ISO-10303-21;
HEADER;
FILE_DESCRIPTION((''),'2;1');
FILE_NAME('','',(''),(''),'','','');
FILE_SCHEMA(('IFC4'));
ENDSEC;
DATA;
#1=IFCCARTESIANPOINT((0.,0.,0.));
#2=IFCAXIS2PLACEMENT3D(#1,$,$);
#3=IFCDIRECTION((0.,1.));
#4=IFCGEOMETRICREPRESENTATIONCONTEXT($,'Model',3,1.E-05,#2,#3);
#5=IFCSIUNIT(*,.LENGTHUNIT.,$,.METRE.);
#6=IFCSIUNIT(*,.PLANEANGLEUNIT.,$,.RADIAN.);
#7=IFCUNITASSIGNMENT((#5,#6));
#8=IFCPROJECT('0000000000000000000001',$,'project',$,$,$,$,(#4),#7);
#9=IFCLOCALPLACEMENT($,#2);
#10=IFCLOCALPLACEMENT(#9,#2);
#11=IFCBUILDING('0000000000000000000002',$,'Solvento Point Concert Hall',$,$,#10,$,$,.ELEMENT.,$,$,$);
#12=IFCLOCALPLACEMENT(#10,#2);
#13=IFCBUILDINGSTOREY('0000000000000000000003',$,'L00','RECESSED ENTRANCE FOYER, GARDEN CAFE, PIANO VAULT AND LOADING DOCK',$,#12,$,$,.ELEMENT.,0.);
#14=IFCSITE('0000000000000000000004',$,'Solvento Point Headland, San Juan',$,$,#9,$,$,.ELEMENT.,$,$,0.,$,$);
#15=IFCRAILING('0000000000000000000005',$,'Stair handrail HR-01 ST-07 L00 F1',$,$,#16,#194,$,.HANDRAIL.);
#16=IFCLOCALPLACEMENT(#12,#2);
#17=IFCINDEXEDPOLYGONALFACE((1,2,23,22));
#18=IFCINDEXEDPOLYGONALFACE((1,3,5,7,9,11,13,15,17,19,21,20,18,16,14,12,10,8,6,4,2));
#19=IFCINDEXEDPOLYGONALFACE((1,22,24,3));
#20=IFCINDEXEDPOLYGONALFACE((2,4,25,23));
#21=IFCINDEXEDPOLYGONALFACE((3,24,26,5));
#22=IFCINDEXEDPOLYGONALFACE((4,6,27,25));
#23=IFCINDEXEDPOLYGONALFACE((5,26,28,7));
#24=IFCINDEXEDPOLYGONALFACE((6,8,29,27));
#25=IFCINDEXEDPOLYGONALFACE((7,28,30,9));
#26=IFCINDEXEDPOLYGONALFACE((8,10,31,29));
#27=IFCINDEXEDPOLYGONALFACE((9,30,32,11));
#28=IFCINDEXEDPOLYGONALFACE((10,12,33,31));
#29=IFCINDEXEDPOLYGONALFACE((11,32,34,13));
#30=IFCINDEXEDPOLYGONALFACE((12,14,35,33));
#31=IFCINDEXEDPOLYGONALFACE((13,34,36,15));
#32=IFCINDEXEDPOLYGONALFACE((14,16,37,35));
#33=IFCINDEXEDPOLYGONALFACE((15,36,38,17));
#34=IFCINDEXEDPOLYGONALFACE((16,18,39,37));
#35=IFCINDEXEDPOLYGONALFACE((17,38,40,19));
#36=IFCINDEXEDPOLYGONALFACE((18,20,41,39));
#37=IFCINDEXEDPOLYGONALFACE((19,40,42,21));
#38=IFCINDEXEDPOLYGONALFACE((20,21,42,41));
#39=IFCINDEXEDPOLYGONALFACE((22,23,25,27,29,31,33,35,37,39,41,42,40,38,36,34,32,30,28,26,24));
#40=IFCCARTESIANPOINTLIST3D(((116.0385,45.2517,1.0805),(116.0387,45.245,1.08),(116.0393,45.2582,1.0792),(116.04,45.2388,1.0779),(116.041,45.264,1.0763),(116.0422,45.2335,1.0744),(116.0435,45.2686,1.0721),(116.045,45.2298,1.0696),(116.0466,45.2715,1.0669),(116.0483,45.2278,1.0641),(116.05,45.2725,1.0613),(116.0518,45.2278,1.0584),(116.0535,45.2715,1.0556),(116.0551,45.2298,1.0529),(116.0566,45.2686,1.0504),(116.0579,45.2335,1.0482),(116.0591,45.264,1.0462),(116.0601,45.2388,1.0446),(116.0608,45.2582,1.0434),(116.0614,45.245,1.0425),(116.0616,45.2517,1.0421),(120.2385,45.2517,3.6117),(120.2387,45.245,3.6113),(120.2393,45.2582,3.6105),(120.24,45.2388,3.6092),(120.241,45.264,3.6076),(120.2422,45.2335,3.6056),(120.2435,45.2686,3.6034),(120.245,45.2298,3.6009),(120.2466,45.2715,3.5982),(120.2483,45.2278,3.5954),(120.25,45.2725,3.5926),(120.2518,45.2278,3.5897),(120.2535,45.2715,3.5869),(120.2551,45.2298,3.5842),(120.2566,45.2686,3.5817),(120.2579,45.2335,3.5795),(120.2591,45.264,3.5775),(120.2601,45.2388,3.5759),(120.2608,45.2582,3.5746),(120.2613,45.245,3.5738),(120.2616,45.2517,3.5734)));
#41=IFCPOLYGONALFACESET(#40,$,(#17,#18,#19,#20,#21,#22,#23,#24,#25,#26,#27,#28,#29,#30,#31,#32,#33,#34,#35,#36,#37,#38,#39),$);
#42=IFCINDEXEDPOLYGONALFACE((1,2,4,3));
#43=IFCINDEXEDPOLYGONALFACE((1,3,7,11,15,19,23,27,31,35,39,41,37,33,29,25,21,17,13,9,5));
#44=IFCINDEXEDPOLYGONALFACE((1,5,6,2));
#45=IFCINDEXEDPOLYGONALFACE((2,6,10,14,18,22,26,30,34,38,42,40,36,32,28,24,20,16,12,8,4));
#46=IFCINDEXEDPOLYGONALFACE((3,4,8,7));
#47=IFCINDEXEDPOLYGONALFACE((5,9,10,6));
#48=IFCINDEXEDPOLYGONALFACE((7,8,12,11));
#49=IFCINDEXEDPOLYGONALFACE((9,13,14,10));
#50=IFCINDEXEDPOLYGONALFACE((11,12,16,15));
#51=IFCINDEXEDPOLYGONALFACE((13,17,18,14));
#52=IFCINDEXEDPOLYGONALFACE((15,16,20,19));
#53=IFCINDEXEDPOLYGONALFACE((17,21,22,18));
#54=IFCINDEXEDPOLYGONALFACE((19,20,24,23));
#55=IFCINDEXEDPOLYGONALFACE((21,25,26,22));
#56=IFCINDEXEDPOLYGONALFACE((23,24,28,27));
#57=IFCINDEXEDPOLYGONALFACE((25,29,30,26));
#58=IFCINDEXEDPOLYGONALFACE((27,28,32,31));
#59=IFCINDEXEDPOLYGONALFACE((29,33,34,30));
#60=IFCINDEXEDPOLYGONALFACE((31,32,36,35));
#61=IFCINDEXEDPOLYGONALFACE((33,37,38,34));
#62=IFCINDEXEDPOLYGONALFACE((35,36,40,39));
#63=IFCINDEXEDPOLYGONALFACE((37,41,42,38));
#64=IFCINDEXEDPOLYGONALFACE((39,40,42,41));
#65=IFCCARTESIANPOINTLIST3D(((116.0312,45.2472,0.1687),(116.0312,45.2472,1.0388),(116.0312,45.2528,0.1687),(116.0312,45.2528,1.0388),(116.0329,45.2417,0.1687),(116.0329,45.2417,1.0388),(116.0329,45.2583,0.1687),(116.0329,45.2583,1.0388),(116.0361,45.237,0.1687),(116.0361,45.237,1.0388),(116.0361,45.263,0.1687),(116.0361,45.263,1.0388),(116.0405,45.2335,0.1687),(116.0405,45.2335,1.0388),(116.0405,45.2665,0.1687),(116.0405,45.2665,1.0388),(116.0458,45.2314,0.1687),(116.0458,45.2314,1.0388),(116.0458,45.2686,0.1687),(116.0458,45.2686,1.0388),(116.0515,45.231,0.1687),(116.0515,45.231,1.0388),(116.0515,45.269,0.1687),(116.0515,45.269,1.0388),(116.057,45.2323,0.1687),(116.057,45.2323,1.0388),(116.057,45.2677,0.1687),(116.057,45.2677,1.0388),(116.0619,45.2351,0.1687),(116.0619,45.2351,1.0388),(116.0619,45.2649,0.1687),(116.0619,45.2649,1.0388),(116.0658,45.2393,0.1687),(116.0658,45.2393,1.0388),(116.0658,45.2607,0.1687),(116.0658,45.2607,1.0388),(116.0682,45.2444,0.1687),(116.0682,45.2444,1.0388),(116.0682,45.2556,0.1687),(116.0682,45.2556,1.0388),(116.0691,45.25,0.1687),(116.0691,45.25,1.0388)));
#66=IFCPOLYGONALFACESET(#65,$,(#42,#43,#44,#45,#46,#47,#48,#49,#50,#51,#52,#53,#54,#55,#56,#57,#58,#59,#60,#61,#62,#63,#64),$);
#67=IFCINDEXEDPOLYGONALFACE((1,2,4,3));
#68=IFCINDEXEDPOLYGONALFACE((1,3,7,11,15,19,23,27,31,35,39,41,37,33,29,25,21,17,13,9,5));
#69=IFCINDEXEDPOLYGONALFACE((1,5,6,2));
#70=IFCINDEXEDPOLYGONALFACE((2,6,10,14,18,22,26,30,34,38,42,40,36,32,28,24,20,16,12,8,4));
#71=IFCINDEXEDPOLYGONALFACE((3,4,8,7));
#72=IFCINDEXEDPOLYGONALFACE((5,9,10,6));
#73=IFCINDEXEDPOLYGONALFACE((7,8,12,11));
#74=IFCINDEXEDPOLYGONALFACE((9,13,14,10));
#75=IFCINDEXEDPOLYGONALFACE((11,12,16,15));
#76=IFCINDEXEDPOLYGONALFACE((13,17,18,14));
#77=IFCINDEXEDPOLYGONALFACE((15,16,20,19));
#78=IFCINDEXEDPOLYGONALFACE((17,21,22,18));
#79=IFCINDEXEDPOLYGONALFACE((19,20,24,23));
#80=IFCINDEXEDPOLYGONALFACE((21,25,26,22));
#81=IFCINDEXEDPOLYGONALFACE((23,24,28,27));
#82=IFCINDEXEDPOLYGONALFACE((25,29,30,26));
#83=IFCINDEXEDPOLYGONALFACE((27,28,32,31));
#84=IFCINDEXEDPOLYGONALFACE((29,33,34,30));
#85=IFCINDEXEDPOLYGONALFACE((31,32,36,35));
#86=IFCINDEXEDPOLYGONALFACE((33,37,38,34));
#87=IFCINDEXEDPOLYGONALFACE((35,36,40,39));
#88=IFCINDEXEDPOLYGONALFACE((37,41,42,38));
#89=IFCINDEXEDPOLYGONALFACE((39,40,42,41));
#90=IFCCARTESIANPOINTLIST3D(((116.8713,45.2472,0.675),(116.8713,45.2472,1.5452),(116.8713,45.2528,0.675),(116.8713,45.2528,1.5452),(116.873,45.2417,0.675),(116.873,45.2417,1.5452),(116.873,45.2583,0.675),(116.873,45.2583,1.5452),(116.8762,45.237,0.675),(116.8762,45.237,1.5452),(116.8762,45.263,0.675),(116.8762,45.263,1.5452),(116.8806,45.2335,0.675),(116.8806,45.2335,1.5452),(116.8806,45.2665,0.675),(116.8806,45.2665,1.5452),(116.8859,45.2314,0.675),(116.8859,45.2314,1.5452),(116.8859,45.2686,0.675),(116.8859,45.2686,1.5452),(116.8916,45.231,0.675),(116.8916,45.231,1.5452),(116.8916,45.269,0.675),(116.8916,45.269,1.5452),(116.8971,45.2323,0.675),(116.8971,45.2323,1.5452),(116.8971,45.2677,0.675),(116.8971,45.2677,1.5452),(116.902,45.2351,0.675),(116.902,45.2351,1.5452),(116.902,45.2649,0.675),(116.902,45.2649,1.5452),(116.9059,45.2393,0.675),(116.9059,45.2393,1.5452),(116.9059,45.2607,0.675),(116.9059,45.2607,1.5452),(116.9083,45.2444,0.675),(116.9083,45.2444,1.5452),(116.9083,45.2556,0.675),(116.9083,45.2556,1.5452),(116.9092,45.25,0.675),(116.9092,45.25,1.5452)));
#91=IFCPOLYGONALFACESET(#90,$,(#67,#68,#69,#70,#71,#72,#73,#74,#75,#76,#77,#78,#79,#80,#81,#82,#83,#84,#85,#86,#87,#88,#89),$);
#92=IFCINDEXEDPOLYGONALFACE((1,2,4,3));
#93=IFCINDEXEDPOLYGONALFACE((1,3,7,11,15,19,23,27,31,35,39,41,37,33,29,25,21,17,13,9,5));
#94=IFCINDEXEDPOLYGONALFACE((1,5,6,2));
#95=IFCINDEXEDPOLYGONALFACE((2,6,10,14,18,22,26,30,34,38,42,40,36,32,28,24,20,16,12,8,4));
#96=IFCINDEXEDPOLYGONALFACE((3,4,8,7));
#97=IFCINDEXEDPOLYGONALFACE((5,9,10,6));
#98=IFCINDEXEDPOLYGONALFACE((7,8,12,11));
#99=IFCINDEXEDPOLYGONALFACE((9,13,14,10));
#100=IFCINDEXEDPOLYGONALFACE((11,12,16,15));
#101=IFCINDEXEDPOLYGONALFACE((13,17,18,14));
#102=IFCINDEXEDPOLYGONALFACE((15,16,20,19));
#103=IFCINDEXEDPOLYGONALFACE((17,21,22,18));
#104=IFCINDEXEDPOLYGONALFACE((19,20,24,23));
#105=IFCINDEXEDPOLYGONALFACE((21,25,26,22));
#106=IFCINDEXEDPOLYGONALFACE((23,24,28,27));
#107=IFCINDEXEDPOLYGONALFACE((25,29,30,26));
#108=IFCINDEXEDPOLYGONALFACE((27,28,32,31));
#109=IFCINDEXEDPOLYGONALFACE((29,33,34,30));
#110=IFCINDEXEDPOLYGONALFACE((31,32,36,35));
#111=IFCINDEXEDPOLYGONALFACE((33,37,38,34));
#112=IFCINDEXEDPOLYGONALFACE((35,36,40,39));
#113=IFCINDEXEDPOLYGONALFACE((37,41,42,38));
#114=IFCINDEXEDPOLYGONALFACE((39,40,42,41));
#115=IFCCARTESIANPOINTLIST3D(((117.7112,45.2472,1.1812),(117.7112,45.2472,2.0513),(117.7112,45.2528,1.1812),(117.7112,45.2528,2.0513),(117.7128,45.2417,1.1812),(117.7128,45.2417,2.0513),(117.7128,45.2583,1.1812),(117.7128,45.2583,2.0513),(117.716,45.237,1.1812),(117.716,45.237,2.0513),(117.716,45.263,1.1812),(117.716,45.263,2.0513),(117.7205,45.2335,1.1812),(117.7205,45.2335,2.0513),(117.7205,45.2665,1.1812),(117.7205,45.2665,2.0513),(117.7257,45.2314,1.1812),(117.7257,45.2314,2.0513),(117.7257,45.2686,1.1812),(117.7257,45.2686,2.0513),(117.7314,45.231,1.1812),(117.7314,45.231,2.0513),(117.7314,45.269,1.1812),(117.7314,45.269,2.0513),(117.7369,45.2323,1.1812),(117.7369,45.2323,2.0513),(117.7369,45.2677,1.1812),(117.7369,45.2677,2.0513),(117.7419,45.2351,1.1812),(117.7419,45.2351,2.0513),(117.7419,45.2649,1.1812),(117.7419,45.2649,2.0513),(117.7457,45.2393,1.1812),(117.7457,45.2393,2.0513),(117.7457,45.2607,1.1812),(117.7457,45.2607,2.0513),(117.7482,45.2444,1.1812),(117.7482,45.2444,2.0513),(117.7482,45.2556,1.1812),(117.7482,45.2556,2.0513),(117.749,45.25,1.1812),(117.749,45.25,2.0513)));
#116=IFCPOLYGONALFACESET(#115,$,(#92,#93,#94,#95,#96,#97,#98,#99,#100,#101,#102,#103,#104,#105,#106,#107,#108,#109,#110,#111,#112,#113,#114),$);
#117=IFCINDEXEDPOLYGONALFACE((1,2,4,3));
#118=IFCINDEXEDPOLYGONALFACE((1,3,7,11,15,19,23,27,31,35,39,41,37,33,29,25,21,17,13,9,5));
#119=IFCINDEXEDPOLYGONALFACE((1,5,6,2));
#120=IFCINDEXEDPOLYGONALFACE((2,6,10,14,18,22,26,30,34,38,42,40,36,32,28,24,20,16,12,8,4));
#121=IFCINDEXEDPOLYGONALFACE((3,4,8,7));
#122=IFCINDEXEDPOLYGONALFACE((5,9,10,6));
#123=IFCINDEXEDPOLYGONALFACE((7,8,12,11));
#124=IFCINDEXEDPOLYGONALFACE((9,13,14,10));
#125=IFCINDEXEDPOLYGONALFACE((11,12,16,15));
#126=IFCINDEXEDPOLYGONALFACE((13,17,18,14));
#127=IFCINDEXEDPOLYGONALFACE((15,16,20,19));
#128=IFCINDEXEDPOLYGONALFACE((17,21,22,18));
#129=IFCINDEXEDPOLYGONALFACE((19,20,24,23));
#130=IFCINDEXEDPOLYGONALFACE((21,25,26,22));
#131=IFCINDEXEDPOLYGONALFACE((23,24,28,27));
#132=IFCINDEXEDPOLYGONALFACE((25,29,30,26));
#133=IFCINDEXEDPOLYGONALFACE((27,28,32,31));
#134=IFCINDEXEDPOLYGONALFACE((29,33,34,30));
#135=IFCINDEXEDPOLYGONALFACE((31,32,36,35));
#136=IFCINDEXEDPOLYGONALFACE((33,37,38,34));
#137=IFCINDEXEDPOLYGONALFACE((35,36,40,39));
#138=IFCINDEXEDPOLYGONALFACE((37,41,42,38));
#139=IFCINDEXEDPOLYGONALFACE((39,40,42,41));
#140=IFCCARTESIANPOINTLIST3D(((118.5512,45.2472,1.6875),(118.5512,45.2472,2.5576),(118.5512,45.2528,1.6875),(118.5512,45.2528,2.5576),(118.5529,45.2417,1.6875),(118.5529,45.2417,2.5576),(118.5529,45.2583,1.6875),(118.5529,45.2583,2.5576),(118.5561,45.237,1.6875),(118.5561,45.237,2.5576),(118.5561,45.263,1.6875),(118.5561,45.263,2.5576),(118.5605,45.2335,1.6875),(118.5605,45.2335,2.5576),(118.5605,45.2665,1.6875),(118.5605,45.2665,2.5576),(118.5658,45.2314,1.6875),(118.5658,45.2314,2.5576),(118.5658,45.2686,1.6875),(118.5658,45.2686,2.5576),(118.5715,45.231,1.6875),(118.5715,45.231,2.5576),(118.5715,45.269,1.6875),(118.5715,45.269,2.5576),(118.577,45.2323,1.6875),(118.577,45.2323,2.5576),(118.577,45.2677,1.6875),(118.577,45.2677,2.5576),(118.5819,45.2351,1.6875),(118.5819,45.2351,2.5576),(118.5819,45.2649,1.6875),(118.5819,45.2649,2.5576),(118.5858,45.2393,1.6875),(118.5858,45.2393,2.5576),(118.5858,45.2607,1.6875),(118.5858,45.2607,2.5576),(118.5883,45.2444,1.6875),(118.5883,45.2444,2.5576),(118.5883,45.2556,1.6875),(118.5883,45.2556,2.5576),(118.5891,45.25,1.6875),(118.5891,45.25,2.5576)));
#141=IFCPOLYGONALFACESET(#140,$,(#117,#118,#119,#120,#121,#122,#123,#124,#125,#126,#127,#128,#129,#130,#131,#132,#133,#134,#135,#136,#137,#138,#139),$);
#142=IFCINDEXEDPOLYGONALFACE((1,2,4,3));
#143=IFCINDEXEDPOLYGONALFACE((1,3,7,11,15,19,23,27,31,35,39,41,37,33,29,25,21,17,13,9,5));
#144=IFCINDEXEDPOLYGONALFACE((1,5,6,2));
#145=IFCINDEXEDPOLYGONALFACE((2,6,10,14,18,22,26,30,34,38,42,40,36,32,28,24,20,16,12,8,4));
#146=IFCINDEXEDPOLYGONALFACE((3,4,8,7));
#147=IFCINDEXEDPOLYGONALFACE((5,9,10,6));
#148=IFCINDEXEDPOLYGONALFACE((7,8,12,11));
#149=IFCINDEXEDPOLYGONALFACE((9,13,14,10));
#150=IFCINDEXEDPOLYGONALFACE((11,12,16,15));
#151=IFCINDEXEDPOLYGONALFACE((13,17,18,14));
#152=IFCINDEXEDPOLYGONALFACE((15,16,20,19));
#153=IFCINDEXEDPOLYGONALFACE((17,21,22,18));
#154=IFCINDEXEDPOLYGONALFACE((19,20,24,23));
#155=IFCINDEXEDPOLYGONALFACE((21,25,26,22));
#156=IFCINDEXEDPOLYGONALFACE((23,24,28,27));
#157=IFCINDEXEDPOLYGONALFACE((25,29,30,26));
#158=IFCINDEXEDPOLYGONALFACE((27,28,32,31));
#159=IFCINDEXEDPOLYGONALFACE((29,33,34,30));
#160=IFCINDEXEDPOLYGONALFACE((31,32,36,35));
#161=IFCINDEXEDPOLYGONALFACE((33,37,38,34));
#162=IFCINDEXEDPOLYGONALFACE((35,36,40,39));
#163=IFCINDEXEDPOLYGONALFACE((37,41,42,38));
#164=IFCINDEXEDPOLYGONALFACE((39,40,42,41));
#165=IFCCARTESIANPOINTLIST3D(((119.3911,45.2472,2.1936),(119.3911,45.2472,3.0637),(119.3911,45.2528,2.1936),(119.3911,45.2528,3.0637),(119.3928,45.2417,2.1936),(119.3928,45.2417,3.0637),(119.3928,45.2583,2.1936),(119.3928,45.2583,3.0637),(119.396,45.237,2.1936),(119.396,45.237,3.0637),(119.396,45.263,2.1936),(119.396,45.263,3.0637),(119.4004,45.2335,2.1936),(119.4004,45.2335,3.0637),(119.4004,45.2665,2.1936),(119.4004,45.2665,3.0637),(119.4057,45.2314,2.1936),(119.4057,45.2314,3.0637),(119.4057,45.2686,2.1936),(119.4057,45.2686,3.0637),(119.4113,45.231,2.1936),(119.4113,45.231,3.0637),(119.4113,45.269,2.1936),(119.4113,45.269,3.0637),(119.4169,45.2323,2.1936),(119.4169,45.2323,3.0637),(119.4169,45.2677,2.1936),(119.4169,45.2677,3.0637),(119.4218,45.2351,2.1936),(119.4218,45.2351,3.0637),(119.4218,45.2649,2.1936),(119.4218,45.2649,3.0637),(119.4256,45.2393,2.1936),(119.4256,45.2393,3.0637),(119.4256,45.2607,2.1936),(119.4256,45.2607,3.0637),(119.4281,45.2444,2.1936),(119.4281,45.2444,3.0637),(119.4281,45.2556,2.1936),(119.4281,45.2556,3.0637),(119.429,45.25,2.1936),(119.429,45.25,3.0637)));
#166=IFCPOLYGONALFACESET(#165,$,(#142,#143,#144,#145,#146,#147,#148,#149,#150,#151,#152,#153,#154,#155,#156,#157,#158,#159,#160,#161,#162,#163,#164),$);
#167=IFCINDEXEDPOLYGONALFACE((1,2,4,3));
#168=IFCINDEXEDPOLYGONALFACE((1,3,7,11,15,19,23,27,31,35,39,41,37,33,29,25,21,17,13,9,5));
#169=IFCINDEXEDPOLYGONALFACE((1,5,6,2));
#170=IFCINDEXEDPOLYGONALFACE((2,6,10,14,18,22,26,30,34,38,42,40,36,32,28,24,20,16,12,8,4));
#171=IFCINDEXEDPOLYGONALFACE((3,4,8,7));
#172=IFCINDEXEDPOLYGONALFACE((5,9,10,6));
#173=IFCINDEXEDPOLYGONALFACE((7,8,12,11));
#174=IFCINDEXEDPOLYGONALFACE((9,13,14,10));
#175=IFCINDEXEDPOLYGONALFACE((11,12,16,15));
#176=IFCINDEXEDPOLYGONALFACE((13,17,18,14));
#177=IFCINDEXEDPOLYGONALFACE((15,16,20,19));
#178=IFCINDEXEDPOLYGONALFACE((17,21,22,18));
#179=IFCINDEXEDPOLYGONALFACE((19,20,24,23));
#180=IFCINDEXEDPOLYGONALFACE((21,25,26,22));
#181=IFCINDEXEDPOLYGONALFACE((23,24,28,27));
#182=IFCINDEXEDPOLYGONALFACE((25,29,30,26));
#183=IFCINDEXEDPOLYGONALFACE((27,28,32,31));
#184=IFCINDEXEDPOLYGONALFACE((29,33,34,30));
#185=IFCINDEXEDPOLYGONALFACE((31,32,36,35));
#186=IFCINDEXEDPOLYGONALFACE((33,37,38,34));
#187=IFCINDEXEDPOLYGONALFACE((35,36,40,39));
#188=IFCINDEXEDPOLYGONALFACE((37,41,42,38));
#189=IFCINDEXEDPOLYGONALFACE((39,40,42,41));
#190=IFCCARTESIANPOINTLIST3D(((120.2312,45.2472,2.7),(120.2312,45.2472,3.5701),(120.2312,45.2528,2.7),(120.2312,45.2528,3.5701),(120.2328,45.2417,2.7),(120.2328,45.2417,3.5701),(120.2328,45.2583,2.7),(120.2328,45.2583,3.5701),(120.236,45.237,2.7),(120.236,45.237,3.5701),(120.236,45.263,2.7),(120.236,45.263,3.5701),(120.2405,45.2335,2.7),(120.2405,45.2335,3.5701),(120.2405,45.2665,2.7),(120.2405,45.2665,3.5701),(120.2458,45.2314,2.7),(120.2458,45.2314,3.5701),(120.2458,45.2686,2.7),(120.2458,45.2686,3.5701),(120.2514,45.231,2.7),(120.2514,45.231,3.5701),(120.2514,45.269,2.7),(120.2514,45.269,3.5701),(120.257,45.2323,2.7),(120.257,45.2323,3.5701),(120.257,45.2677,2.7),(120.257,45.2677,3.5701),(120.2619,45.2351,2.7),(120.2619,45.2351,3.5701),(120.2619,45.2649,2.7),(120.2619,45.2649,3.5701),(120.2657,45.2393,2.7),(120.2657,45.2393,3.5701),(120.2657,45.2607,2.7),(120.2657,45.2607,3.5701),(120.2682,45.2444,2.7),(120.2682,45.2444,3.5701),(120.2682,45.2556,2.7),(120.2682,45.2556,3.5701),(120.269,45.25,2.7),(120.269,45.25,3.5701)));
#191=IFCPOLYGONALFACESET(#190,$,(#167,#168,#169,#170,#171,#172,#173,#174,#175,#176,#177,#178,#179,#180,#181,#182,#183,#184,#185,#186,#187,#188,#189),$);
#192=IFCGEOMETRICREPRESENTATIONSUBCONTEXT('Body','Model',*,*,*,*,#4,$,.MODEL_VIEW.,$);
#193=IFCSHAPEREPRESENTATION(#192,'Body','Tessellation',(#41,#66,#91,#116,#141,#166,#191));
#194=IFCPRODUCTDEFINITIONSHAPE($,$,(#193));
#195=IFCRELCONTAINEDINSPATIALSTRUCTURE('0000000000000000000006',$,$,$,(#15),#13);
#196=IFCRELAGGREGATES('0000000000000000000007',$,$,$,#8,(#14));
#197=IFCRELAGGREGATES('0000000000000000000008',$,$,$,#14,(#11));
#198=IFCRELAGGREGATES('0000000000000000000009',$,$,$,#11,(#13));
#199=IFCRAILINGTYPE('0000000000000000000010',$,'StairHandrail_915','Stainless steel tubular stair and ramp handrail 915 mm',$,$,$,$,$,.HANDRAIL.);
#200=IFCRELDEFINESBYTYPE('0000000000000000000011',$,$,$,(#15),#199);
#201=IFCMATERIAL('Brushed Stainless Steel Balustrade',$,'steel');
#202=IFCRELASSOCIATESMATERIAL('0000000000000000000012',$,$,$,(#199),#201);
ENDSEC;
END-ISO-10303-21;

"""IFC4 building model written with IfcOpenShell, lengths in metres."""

from ifc_helpers import new_model, si_unit, direction, frame, origin, origin_2d, place, context, subcontext, project, spatial, circle, extrude, material, type_object, element, save


model = new_model("IFC4")

# Units and contexts
model_context = context("Model", 3, precision=1e-05, world=origin(), true_north=direction((0.0, 1.0)))
body_context = subcontext(model_context, "Body", "Model", "MODEL_VIEW")
ifc_project = project(units=[si_unit("LENGTHUNIT", "METRE"), si_unit("PLANEANGLEUNIT", "RADIAN")], contexts=[model_context])

# Site, building, storey
site_placement = place(None, origin())
site = spatial("IfcSite", under=ifc_project, at=site_placement, Name="Solvento Point Headland, San Juan", CompositionType="ELEMENT", RefElevation=0.0)
building_placement = place(site_placement, origin())
building = spatial("IfcBuilding", under=site, at=building_placement, Name="Solvento Point Concert Hall", CompositionType="ELEMENT")
storey_placement = place(building_placement, origin())
storey = spatial("IfcBuildingStorey", under=building, at=storey_placement, Name="L00", Description="RECESSED ENTRANCE FOYER, GARDEN CAFE, PIANO VAULT AND LOADING DOCK", CompositionType="ELEMENT", Elevation=0.0)

# Railing
ifc_material_1 = material(Name="Brushed Stainless Steel Balustrade", Category="steel")
railing_type_1 = type_object("IfcRailingType", Name="StairHandrail_915", Description="Stainless steel tubular stair and ramp handrail 915 mm", PredefinedType="HANDRAIL", material=ifc_material_1)
railing_1_placement = place(storey_placement, frame((116.05, 45.25, 0.1687)))
element("IfcRailing", 1, at=railing_1_placement, inside=storey, type_object=railing_type_1, Name="Stair handrail HR-01 ST-07 L00 F1", PredefinedType="HANDRAIL", context=body_context, shape_type="SweptSolid", body=[
    extrude(circle(Radius=0.0225, at=origin_2d()), frame((0.0, 0.0, 0.8926), z_axis=(0.856476, 0.0, 0.516186), x_axis=(0.0, 1.0, 0.0)), (0.0, 0.0, 1.0), 4.9038),
    extrude(circle(Radius=0.019, at=origin_2d()), origin(), (0.0, 0.0, 1.0), 0.8701),
    extrude(circle(Radius=0.019, at=origin_2d()), frame((0.8401, 0.0, 0.5063)), (0.0, 0.0, 1.0), 0.8701),
    extrude(circle(Radius=0.019, at=origin_2d()), frame((1.6799, 0.0, 1.0125)), (0.0, 0.0, 1.0), 0.8701),
    extrude(circle(Radius=0.019, at=origin_2d()), frame((2.52, 0.0, 1.5188)), (0.0, 0.0, 1.0), 0.8701),
    extrude(circle(Radius=0.019, at=origin_2d()), frame((3.3599, 0.0, 2.0249)), (0.0, 0.0, 1.0), 0.8701),
    extrude(circle(Radius=0.019, at=origin_2d()), frame((4.2, 0.0, 2.5312)), (0.0, 0.0, 1.0), 0.8701),
])

save(model, "model.ifc")
